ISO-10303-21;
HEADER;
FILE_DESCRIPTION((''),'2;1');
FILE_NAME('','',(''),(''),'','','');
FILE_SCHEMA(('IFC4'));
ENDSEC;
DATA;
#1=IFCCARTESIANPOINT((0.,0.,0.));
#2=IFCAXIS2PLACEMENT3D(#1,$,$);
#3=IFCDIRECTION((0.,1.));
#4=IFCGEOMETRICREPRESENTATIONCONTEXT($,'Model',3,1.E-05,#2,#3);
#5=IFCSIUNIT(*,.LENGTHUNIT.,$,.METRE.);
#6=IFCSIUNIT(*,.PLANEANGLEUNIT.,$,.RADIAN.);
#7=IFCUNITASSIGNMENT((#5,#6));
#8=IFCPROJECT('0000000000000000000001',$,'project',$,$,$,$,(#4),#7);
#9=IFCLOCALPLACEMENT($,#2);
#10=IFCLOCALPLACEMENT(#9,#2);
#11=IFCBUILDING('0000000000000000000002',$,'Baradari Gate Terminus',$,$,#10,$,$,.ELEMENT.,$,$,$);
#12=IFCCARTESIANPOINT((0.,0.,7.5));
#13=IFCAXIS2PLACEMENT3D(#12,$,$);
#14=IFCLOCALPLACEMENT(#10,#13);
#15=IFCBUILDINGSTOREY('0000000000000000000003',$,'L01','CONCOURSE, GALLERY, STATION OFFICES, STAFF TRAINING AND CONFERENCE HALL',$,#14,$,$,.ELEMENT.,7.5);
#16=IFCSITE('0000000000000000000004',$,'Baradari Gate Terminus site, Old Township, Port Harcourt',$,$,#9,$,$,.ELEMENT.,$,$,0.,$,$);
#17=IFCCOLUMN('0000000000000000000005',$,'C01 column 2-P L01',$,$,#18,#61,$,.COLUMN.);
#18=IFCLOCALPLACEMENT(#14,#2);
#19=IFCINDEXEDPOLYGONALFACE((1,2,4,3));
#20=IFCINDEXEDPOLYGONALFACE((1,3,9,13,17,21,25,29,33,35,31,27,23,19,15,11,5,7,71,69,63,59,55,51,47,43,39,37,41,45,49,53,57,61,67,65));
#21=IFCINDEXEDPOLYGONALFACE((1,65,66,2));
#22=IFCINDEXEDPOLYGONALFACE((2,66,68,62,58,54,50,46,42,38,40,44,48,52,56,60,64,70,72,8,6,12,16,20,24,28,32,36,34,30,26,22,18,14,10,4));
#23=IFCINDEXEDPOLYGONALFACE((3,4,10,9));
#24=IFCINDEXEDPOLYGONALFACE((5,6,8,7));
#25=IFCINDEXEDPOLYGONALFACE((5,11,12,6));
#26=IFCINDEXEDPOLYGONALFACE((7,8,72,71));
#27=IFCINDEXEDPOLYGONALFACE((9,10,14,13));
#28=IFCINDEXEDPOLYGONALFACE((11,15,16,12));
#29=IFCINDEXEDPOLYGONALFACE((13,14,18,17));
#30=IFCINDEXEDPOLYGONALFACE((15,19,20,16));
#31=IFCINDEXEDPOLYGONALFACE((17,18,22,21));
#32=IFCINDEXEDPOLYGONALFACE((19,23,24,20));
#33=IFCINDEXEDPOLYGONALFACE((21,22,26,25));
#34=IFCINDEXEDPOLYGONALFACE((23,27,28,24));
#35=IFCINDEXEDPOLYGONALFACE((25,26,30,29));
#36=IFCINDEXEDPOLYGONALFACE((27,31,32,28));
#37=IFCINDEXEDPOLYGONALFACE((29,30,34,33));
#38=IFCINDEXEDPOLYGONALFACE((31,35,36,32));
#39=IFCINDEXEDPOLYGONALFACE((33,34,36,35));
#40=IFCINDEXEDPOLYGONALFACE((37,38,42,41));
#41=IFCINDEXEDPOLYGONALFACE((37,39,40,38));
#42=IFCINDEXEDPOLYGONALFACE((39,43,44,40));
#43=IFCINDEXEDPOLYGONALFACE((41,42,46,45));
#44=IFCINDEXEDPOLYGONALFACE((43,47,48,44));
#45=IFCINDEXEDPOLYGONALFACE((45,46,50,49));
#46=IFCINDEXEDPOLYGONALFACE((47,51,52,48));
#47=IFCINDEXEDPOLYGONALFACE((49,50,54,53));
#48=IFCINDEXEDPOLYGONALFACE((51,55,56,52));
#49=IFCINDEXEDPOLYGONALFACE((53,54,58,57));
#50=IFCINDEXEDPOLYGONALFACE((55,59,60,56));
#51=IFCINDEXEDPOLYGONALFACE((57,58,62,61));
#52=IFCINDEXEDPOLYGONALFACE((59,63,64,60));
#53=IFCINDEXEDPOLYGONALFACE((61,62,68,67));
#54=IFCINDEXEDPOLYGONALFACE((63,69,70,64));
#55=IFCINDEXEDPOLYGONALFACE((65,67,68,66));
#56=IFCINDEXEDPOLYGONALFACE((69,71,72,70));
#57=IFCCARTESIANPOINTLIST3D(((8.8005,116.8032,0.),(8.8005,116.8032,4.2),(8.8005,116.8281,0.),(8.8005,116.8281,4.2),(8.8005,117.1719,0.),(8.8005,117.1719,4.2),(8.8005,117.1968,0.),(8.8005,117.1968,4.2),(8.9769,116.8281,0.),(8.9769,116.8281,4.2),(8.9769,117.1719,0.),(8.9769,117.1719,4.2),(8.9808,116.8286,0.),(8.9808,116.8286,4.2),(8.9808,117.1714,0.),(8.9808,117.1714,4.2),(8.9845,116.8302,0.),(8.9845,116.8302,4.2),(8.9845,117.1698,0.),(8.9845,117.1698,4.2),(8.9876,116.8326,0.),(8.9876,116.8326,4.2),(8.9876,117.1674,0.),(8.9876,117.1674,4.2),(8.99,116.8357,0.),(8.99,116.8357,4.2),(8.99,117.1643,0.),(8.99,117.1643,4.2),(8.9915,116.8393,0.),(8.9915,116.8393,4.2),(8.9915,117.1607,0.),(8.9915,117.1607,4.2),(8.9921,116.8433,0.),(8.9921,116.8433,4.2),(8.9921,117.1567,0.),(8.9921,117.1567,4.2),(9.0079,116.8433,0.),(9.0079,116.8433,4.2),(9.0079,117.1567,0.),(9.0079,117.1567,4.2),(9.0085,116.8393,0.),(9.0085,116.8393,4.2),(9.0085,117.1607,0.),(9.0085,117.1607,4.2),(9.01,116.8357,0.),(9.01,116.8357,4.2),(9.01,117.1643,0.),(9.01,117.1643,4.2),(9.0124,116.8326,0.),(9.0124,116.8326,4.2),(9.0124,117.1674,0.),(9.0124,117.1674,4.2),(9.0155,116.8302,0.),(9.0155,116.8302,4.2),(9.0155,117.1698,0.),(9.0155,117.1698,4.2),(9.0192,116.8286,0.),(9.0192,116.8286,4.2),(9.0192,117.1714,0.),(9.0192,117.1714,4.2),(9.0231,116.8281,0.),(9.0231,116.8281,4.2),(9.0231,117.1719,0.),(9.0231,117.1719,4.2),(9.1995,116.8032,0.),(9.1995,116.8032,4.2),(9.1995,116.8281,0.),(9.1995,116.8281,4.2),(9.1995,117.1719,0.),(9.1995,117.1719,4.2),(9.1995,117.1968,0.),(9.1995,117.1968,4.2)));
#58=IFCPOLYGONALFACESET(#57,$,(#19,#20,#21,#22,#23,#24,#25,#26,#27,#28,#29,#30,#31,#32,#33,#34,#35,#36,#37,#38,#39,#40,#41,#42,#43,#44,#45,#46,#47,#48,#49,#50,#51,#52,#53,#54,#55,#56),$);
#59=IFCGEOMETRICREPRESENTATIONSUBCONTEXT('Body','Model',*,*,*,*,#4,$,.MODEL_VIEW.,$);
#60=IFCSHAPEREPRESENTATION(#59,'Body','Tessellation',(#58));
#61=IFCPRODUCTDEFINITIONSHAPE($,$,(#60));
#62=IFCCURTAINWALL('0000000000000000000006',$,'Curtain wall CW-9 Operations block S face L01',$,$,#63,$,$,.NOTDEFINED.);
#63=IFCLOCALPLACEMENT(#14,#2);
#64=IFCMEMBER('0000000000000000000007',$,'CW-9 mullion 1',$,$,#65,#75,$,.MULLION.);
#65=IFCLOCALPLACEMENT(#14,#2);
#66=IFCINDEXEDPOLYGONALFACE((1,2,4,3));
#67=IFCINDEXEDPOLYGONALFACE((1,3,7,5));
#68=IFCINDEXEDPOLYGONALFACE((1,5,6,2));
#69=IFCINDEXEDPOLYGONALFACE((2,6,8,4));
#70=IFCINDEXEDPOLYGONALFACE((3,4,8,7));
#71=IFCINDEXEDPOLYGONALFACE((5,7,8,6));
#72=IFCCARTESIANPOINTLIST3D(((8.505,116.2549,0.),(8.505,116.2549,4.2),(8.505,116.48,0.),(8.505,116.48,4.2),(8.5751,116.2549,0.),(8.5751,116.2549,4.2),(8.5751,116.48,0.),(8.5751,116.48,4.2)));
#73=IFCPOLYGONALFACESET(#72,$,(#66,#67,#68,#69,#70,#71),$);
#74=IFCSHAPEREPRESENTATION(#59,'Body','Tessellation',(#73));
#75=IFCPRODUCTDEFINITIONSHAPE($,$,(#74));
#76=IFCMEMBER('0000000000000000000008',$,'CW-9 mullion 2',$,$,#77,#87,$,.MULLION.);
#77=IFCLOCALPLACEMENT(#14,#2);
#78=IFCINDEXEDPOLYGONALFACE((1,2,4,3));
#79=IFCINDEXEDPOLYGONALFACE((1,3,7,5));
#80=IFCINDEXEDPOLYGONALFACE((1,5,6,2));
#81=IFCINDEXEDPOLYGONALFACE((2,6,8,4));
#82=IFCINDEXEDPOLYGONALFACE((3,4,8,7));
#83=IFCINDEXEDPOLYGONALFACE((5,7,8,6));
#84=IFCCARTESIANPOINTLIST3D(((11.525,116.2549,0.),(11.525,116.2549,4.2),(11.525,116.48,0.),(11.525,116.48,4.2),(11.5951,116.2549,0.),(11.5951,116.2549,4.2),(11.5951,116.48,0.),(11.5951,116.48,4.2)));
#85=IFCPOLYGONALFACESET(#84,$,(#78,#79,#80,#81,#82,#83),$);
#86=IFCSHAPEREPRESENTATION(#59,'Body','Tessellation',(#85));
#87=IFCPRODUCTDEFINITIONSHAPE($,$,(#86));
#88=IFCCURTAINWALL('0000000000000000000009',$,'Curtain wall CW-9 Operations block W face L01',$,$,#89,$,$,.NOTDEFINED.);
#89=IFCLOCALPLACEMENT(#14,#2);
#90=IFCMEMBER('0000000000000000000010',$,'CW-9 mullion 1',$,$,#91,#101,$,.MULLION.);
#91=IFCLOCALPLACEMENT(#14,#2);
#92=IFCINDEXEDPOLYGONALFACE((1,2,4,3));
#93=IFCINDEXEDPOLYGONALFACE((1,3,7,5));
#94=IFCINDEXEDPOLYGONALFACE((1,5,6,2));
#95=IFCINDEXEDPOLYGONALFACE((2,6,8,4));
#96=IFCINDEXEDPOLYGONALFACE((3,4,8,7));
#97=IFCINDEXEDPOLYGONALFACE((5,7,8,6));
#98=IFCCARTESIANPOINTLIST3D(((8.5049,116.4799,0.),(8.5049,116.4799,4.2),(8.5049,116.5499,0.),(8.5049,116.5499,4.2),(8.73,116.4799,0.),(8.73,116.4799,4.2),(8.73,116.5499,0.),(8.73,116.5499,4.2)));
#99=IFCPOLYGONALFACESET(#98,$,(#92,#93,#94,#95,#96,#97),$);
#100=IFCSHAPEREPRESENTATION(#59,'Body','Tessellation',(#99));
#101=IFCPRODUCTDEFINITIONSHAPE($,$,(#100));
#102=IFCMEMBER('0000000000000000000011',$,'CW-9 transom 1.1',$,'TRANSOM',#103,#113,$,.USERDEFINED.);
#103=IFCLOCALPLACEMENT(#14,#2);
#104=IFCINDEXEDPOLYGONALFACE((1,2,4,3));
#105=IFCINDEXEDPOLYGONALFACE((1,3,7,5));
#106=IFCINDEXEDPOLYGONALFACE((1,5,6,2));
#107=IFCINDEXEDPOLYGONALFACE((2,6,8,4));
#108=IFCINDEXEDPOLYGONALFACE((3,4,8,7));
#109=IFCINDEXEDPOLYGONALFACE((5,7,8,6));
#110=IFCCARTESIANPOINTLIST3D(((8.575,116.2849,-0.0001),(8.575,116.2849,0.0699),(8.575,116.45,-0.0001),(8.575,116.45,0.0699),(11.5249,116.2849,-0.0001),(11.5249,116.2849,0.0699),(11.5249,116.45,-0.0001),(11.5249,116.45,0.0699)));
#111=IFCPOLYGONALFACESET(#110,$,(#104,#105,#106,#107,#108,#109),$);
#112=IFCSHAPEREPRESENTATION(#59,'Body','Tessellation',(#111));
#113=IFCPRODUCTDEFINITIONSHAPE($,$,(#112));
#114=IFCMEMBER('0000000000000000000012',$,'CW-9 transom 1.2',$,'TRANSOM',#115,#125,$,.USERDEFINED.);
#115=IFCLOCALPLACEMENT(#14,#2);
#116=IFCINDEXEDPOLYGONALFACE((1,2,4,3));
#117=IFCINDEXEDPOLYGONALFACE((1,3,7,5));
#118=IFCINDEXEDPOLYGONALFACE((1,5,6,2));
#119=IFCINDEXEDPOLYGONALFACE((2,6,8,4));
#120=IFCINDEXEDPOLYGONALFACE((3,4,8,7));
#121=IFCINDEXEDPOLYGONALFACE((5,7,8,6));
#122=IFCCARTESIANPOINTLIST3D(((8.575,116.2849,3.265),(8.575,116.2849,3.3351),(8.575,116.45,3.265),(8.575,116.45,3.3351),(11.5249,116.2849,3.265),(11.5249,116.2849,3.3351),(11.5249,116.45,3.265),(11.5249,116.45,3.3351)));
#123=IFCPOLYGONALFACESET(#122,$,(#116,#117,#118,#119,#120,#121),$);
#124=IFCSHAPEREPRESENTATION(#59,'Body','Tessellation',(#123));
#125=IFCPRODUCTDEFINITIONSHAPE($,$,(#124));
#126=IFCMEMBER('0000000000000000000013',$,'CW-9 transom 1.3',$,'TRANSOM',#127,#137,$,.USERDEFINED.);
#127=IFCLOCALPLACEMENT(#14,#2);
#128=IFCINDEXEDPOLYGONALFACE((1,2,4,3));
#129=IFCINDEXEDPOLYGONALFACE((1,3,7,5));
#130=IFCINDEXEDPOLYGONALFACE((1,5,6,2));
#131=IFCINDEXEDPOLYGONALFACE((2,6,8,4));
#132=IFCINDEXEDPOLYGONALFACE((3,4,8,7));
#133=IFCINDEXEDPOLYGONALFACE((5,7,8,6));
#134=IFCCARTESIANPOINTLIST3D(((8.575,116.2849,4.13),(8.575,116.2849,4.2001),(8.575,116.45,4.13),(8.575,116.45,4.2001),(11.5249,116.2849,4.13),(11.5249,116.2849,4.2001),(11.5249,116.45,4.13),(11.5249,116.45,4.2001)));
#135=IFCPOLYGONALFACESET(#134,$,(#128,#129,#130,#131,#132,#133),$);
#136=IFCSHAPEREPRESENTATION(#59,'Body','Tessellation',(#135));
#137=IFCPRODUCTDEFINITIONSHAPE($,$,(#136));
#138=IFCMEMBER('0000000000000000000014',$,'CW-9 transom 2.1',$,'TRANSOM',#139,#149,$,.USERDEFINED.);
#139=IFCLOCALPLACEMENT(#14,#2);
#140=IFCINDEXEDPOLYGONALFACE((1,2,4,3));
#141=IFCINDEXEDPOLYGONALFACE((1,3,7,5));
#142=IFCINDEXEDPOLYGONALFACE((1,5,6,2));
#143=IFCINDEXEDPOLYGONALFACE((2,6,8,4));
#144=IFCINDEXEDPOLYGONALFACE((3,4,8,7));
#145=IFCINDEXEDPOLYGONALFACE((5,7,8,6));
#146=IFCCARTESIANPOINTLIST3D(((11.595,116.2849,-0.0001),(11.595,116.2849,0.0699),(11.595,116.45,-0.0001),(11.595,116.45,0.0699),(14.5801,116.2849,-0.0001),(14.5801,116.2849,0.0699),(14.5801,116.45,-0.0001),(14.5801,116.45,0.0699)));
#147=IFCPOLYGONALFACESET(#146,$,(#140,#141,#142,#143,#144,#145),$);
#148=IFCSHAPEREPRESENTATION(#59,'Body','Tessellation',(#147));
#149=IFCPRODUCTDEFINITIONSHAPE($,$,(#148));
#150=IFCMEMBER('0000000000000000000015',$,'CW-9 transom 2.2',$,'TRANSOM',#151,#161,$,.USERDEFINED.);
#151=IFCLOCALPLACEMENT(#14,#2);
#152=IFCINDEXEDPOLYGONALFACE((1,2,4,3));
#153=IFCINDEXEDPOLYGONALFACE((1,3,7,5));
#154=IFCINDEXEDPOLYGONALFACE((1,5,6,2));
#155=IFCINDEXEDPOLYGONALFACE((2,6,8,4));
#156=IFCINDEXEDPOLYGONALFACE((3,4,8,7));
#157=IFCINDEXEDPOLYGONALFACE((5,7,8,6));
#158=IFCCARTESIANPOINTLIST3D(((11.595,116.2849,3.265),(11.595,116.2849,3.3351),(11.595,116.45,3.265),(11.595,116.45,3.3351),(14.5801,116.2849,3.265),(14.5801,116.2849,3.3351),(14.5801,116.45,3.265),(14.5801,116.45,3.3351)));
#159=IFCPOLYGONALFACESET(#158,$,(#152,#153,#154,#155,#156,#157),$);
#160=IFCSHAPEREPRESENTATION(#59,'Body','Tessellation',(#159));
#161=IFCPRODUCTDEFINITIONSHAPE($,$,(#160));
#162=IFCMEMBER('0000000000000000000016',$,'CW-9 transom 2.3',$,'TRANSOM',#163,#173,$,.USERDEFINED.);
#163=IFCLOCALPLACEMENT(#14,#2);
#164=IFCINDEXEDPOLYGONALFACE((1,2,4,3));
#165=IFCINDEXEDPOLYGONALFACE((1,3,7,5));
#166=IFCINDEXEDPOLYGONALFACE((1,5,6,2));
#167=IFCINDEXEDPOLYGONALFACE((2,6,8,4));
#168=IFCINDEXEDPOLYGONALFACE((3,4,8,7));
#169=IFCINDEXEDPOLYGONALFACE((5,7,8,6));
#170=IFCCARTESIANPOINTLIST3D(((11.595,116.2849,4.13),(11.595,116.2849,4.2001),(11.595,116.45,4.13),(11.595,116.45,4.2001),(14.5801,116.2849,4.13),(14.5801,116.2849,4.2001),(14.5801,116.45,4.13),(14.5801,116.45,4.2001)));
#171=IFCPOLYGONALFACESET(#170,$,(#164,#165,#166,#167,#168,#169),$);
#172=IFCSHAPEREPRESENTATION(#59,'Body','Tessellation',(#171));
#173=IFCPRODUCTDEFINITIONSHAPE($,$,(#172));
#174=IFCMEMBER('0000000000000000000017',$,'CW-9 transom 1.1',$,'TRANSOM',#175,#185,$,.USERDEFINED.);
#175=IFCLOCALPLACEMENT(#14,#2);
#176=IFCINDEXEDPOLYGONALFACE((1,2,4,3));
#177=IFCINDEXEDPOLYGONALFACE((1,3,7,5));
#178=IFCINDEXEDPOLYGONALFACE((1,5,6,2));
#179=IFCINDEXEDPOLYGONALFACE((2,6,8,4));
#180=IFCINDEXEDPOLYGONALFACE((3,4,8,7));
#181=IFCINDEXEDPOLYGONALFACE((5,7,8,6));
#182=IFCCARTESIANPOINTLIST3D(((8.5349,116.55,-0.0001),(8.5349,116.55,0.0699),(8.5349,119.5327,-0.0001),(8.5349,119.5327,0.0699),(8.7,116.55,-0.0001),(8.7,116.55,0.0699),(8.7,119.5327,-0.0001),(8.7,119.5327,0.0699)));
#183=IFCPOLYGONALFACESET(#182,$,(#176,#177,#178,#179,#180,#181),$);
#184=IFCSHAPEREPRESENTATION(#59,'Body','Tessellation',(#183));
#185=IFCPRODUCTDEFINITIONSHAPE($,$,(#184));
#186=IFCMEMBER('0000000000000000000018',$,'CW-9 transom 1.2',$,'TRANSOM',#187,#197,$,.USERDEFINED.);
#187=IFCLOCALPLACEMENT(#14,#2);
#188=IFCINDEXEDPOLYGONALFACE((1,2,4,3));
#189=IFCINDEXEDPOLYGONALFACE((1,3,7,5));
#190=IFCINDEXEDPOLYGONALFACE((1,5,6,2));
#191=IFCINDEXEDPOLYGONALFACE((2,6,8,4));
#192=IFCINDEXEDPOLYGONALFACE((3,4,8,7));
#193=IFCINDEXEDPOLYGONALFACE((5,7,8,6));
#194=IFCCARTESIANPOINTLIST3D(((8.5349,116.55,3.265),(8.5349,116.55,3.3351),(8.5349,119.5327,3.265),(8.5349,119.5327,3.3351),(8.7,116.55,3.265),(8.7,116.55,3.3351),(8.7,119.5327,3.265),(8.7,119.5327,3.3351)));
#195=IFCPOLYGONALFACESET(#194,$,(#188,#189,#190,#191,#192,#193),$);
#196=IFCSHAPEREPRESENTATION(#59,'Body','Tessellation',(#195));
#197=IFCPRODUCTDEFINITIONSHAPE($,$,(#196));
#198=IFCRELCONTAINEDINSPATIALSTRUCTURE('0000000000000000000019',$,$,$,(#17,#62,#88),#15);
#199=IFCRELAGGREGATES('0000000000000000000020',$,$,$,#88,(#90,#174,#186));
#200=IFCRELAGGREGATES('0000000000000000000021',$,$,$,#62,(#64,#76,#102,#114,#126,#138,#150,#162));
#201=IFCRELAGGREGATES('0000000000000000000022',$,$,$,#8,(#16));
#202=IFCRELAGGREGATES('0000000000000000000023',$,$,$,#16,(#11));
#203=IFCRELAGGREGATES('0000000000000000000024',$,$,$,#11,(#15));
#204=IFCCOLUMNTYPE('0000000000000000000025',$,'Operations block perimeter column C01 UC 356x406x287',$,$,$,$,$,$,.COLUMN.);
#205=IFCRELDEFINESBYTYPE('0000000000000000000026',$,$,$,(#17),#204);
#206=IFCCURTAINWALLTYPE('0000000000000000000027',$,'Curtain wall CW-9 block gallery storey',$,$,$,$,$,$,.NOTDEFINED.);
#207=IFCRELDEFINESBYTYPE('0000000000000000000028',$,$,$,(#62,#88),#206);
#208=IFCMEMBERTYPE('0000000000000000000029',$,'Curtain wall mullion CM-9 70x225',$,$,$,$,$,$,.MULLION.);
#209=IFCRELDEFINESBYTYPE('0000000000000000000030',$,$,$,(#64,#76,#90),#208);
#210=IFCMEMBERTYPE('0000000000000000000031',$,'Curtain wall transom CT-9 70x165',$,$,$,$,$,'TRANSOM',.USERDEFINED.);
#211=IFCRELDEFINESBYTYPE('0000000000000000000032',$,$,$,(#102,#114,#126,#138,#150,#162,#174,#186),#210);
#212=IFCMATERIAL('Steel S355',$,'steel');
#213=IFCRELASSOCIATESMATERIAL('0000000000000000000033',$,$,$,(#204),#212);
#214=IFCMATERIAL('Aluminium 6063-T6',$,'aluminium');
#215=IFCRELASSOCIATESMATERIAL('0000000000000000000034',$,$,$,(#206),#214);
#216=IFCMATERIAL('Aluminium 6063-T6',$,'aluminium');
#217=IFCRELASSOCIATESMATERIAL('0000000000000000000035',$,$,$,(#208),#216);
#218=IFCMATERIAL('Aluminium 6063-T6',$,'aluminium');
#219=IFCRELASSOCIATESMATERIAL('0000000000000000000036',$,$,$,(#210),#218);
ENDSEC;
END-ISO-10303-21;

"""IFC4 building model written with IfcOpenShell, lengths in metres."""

from ifc_helpers import new_model, si_unit, direction, frame, origin, origin_2d, place, context, subcontext, project, spatial, rectangle, i_section, extrude, material, material_profile, profile_set, type_object, element, aggregate, save


model = new_model("IFC4")

# Units and contexts
model_context = context("Model", 3, precision=1e-05, world=origin(), true_north=direction((0.0, 1.0)))
body_context = subcontext(model_context, "Body", "Model", "MODEL_VIEW")
ifc_project = project(units=[si_unit("LENGTHUNIT", "METRE"), si_unit("PLANEANGLEUNIT", "RADIAN")], contexts=[model_context])

# Site, building, storey
site_placement = place(None, origin())
site = spatial("IfcSite", under=ifc_project, at=site_placement, Name="Baradari Gate Terminus site, Old Township, Port Harcourt", CompositionType="ELEMENT", RefElevation=0.0)
building_placement = place(site_placement, origin())
building = spatial("IfcBuilding", under=site, at=building_placement, Name="Baradari Gate Terminus", CompositionType="ELEMENT")
storey_placement = place(building_placement, frame((0.0, 0.0, 7.5)))
storey = spatial("IfcBuildingStorey", under=building, at=storey_placement, Name="L01", Description="CONCOURSE, GALLERY, STATION OFFICES, STAFF TRAINING AND CONFERENCE HALL", CompositionType="ELEMENT", Elevation=7.5)

# Column
ifc_material_1 = material(Name="Steel S355", Category="steel")
ifc_material_profile_1 = material_profile(ifc_material_1, i_section(OverallWidth=0.3989, OverallDepth=0.3936, WebThickness=0.0159, FlangeThickness=0.0249, FilletRadius=0.0151, at=origin_2d()), Name="UC 356x406x287")
ifc_profile_set_1 = profile_set([ifc_material_profile_1], Name="Steel S355")
column_type = type_object("IfcColumnType", Name="Operations block perimeter column C01 UC 356x406x287", PredefinedType="COLUMN", material=ifc_profile_set_1)
column_placement = place(storey_placement, frame((9.0, 117.0, 0.0), z_axis=(0.0, 0.0, 1.0), x_axis=(1.0, 0.0, 0.0)))
element("IfcColumn", 1, at=column_placement, inside=storey, type_object=column_type, Name="C01 column 2-P L01", PredefinedType="COLUMN", context=body_context, shape_type="SweptSolid", body=[
    extrude(i_section(OverallWidth=0.3989, OverallDepth=0.3936, WebThickness=0.0159, FlangeThickness=0.0249, FilletRadius=0.0151, at=origin_2d()), origin(), (0.0, 0.0, 1.0), 4.2),
])

# Curtain wall, members
ifc_material_2 = material(Name="Aluminium 6063-T6", Category="aluminium")
curtain_wall_type = type_object("IfcCurtainWallType", Name="Curtain wall CW-9 block gallery storey", PredefinedType="NOTDEFINED", material=ifc_material_2)
curtain_wall_1_placement = place(storey_placement, origin())
curtain_wall_1 = element("IfcCurtainWall", 2, at=curtain_wall_1_placement, inside=storey, type_object=curtain_wall_type, Name="Curtain wall CW-9 Operations block S face L01", PredefinedType="NOTDEFINED")
ifc_material_3 = material(Name="Aluminium 6063-T6", Category="aluminium")
ifc_material_profile_2 = material_profile(ifc_material_3, rectangle(XDim=0.2251, YDim=0.0701, at=origin_2d()), Name="CM-9 70X225")
ifc_profile_set_2 = profile_set([ifc_material_profile_2], Name="Aluminium 6063-T6")
member_type_1 = type_object("IfcMemberType", Name="Curtain wall mullion CM-9 70x225", PredefinedType="MULLION", material=ifc_profile_set_2)
member_1_placement = place(storey_placement, frame((8.54, 116.3674, 0.0), z_axis=(0.0, 0.0, 1.0), x_axis=(0.0, 1.0, 0.0)))
member_1 = element("IfcMember", 3, at=member_1_placement, type_object=member_type_1, Name="CW-9 mullion 1", PredefinedType="MULLION", context=body_context, shape_type="SweptSolid", body=[
    extrude(rectangle(XDim=0.2251, YDim=0.0701, at=origin_2d()), origin(), (0.0, 0.0, 1.0), 4.2),
])
member_2_placement = place(storey_placement, frame((11.5601, 116.3674, 0.0), z_axis=(0.0, 0.0, 1.0), x_axis=(0.0, 1.0, 0.0)))
member_2 = element("IfcMember", 4, at=member_2_placement, type_object=member_type_1, Name="CW-9 mullion 2", PredefinedType="MULLION", context=body_context, shape_type="SweptSolid", body=[
    extrude(rectangle(XDim=0.2251, YDim=0.0701, at=origin_2d()), origin(), (0.0, 0.0, 1.0), 4.2),
])

# Curtain wall, member
curtain_wall_2_placement = place(storey_placement, origin())
curtain_wall_2 = element("IfcCurtainWall", 5, at=curtain_wall_2_placement, inside=storey, type_object=curtain_wall_type, Name="Curtain wall CW-9 Operations block W face L01", PredefinedType="NOTDEFINED")
member_3_placement = place(storey_placement, frame((8.6174, 116.5149, 0.0), z_axis=(0.0, 0.0, 1.0), x_axis=(-1.0, 0.0, 0.0)))
member_3 = element("IfcMember", 6, at=member_3_placement, type_object=member_type_1, Name="CW-9 mullion 1", PredefinedType="MULLION", context=body_context, shape_type="SweptSolid", body=[
    extrude(rectangle(XDim=0.2251, YDim=0.0701, at=origin_2d()), origin(), (0.0, 0.0, 1.0), 4.2),
])

# Members
ifc_material_4 = material(Name="Aluminium 6063-T6", Category="aluminium")
ifc_material_profile_3 = material_profile(ifc_material_4, rectangle(XDim=0.165, YDim=0.0701, at=origin_2d()), Name="CT-9 70X165")
ifc_profile_set_3 = profile_set([ifc_material_profile_3], Name="Aluminium 6063-T6")
member_type_2 = type_object("IfcMemberType", Name="Curtain wall transom CT-9 70x165", ElementType="TRANSOM", PredefinedType="USERDEFINED", material=ifc_profile_set_3)
member_4_placement = place(storey_placement, frame((8.575, 116.3674, 0.0349), z_axis=(1.0, 0.0, 0.0), x_axis=(0.0, 1.0, 0.0)))
member_4 = element("IfcMember", 7, at=member_4_placement, type_object=member_type_2, Name="CW-9 transom 1.1", ObjectType="TRANSOM", PredefinedType="USERDEFINED", context=body_context, shape_type="SweptSolid", body=[
    extrude(rectangle(XDim=0.165, YDim=0.0701, at=origin_2d()), origin(), (0.0, 0.0, 1.0), 2.95),
])
member_5_placement = place(storey_placement, frame((8.575, 116.3674, 3.3), z_axis=(1.0, 0.0, 0.0), x_axis=(0.0, 1.0, 0.0)))
member_5 = element("IfcMember", 8, at=member_5_placement, type_object=member_type_2, Name="CW-9 transom 1.2", ObjectType="TRANSOM", PredefinedType="USERDEFINED", context=body_context, shape_type="SweptSolid", body=[
    extrude(rectangle(XDim=0.165, YDim=0.0701, at=origin_2d()), origin(), (0.0, 0.0, 1.0), 2.95),
])
member_6_placement = place(storey_placement, frame((8.575, 116.3674, 4.165), z_axis=(1.0, 0.0, 0.0), x_axis=(0.0, 1.0, 0.0)))
member_6 = element("IfcMember", 9, at=member_6_placement, type_object=member_type_2, Name="CW-9 transom 1.3", ObjectType="TRANSOM", PredefinedType="USERDEFINED", context=body_context, shape_type="SweptSolid", body=[
    extrude(rectangle(XDim=0.165, YDim=0.0701, at=origin_2d()), origin(), (0.0, 0.0, 1.0), 2.95),
])
member_7_placement = place(storey_placement, frame((11.595, 116.3674, 0.0349), z_axis=(1.0, 0.0, 0.0), x_axis=(0.0, 1.0, 0.0)))
member_7 = element("IfcMember", 10, at=member_7_placement, type_object=member_type_2, Name="CW-9 transom 2.1", ObjectType="TRANSOM", PredefinedType="USERDEFINED", context=body_context, shape_type="SweptSolid", body=[
    extrude(rectangle(XDim=0.165, YDim=0.0701, at=origin_2d()), origin(), (0.0, 0.0, 1.0), 2.9851),
])
member_8_placement = place(storey_placement, frame((11.595, 116.3674, 3.3), z_axis=(1.0, 0.0, 0.0), x_axis=(0.0, 1.0, 0.0)))
member_8 = element("IfcMember", 11, at=member_8_placement, type_object=member_type_2, Name="CW-9 transom 2.2", ObjectType="TRANSOM", PredefinedType="USERDEFINED", context=body_context, shape_type="SweptSolid", body=[
    extrude(rectangle(XDim=0.165, YDim=0.0701, at=origin_2d()), origin(), (0.0, 0.0, 1.0), 2.9851),
])
member_9_placement = place(storey_placement, frame((11.595, 116.3674, 4.165), z_axis=(1.0, 0.0, 0.0), x_axis=(0.0, 1.0, 0.0)))
member_9 = element("IfcMember", 12, at=member_9_placement, type_object=member_type_2, Name="CW-9 transom 2.3", ObjectType="TRANSOM", PredefinedType="USERDEFINED", context=body_context, shape_type="SweptSolid", body=[
    extrude(rectangle(XDim=0.165, YDim=0.0701, at=origin_2d()), origin(), (0.0, 0.0, 1.0), 2.9851),
])
member_10_placement = place(storey_placement, frame((8.6174, 116.55, 0.0349), z_axis=(0.0, 1.0, 0.0), x_axis=(-1.0, 0.0, 0.0)))
member_10 = element("IfcMember", 13, at=member_10_placement, type_object=member_type_2, Name="CW-9 transom 1.1", ObjectType="TRANSOM", PredefinedType="USERDEFINED", context=body_context, shape_type="SweptSolid", body=[
    extrude(rectangle(XDim=0.165, YDim=0.0701, at=origin_2d()), origin(), (0.0, 0.0, 1.0), 2.9827),
])
member_11_placement = place(storey_placement, frame((8.6174, 116.55, 3.3), z_axis=(0.0, 1.0, 0.0), x_axis=(-1.0, 0.0, 0.0)))
member_11 = element("IfcMember", 14, at=member_11_placement, type_object=member_type_2, Name="CW-9 transom 1.2", ObjectType="TRANSOM", PredefinedType="USERDEFINED", context=body_context, shape_type="SweptSolid", body=[
    extrude(rectangle(XDim=0.165, YDim=0.0701, at=origin_2d()), origin(), (0.0, 0.0, 1.0), 2.9827),
])
aggregate(curtain_wall_2, [member_3, member_10, member_11])

aggregate(curtain_wall_1, [member_1, member_2, member_4, member_5, member_6, member_7, member_8, member_9])

save(model, "model.ifc")
